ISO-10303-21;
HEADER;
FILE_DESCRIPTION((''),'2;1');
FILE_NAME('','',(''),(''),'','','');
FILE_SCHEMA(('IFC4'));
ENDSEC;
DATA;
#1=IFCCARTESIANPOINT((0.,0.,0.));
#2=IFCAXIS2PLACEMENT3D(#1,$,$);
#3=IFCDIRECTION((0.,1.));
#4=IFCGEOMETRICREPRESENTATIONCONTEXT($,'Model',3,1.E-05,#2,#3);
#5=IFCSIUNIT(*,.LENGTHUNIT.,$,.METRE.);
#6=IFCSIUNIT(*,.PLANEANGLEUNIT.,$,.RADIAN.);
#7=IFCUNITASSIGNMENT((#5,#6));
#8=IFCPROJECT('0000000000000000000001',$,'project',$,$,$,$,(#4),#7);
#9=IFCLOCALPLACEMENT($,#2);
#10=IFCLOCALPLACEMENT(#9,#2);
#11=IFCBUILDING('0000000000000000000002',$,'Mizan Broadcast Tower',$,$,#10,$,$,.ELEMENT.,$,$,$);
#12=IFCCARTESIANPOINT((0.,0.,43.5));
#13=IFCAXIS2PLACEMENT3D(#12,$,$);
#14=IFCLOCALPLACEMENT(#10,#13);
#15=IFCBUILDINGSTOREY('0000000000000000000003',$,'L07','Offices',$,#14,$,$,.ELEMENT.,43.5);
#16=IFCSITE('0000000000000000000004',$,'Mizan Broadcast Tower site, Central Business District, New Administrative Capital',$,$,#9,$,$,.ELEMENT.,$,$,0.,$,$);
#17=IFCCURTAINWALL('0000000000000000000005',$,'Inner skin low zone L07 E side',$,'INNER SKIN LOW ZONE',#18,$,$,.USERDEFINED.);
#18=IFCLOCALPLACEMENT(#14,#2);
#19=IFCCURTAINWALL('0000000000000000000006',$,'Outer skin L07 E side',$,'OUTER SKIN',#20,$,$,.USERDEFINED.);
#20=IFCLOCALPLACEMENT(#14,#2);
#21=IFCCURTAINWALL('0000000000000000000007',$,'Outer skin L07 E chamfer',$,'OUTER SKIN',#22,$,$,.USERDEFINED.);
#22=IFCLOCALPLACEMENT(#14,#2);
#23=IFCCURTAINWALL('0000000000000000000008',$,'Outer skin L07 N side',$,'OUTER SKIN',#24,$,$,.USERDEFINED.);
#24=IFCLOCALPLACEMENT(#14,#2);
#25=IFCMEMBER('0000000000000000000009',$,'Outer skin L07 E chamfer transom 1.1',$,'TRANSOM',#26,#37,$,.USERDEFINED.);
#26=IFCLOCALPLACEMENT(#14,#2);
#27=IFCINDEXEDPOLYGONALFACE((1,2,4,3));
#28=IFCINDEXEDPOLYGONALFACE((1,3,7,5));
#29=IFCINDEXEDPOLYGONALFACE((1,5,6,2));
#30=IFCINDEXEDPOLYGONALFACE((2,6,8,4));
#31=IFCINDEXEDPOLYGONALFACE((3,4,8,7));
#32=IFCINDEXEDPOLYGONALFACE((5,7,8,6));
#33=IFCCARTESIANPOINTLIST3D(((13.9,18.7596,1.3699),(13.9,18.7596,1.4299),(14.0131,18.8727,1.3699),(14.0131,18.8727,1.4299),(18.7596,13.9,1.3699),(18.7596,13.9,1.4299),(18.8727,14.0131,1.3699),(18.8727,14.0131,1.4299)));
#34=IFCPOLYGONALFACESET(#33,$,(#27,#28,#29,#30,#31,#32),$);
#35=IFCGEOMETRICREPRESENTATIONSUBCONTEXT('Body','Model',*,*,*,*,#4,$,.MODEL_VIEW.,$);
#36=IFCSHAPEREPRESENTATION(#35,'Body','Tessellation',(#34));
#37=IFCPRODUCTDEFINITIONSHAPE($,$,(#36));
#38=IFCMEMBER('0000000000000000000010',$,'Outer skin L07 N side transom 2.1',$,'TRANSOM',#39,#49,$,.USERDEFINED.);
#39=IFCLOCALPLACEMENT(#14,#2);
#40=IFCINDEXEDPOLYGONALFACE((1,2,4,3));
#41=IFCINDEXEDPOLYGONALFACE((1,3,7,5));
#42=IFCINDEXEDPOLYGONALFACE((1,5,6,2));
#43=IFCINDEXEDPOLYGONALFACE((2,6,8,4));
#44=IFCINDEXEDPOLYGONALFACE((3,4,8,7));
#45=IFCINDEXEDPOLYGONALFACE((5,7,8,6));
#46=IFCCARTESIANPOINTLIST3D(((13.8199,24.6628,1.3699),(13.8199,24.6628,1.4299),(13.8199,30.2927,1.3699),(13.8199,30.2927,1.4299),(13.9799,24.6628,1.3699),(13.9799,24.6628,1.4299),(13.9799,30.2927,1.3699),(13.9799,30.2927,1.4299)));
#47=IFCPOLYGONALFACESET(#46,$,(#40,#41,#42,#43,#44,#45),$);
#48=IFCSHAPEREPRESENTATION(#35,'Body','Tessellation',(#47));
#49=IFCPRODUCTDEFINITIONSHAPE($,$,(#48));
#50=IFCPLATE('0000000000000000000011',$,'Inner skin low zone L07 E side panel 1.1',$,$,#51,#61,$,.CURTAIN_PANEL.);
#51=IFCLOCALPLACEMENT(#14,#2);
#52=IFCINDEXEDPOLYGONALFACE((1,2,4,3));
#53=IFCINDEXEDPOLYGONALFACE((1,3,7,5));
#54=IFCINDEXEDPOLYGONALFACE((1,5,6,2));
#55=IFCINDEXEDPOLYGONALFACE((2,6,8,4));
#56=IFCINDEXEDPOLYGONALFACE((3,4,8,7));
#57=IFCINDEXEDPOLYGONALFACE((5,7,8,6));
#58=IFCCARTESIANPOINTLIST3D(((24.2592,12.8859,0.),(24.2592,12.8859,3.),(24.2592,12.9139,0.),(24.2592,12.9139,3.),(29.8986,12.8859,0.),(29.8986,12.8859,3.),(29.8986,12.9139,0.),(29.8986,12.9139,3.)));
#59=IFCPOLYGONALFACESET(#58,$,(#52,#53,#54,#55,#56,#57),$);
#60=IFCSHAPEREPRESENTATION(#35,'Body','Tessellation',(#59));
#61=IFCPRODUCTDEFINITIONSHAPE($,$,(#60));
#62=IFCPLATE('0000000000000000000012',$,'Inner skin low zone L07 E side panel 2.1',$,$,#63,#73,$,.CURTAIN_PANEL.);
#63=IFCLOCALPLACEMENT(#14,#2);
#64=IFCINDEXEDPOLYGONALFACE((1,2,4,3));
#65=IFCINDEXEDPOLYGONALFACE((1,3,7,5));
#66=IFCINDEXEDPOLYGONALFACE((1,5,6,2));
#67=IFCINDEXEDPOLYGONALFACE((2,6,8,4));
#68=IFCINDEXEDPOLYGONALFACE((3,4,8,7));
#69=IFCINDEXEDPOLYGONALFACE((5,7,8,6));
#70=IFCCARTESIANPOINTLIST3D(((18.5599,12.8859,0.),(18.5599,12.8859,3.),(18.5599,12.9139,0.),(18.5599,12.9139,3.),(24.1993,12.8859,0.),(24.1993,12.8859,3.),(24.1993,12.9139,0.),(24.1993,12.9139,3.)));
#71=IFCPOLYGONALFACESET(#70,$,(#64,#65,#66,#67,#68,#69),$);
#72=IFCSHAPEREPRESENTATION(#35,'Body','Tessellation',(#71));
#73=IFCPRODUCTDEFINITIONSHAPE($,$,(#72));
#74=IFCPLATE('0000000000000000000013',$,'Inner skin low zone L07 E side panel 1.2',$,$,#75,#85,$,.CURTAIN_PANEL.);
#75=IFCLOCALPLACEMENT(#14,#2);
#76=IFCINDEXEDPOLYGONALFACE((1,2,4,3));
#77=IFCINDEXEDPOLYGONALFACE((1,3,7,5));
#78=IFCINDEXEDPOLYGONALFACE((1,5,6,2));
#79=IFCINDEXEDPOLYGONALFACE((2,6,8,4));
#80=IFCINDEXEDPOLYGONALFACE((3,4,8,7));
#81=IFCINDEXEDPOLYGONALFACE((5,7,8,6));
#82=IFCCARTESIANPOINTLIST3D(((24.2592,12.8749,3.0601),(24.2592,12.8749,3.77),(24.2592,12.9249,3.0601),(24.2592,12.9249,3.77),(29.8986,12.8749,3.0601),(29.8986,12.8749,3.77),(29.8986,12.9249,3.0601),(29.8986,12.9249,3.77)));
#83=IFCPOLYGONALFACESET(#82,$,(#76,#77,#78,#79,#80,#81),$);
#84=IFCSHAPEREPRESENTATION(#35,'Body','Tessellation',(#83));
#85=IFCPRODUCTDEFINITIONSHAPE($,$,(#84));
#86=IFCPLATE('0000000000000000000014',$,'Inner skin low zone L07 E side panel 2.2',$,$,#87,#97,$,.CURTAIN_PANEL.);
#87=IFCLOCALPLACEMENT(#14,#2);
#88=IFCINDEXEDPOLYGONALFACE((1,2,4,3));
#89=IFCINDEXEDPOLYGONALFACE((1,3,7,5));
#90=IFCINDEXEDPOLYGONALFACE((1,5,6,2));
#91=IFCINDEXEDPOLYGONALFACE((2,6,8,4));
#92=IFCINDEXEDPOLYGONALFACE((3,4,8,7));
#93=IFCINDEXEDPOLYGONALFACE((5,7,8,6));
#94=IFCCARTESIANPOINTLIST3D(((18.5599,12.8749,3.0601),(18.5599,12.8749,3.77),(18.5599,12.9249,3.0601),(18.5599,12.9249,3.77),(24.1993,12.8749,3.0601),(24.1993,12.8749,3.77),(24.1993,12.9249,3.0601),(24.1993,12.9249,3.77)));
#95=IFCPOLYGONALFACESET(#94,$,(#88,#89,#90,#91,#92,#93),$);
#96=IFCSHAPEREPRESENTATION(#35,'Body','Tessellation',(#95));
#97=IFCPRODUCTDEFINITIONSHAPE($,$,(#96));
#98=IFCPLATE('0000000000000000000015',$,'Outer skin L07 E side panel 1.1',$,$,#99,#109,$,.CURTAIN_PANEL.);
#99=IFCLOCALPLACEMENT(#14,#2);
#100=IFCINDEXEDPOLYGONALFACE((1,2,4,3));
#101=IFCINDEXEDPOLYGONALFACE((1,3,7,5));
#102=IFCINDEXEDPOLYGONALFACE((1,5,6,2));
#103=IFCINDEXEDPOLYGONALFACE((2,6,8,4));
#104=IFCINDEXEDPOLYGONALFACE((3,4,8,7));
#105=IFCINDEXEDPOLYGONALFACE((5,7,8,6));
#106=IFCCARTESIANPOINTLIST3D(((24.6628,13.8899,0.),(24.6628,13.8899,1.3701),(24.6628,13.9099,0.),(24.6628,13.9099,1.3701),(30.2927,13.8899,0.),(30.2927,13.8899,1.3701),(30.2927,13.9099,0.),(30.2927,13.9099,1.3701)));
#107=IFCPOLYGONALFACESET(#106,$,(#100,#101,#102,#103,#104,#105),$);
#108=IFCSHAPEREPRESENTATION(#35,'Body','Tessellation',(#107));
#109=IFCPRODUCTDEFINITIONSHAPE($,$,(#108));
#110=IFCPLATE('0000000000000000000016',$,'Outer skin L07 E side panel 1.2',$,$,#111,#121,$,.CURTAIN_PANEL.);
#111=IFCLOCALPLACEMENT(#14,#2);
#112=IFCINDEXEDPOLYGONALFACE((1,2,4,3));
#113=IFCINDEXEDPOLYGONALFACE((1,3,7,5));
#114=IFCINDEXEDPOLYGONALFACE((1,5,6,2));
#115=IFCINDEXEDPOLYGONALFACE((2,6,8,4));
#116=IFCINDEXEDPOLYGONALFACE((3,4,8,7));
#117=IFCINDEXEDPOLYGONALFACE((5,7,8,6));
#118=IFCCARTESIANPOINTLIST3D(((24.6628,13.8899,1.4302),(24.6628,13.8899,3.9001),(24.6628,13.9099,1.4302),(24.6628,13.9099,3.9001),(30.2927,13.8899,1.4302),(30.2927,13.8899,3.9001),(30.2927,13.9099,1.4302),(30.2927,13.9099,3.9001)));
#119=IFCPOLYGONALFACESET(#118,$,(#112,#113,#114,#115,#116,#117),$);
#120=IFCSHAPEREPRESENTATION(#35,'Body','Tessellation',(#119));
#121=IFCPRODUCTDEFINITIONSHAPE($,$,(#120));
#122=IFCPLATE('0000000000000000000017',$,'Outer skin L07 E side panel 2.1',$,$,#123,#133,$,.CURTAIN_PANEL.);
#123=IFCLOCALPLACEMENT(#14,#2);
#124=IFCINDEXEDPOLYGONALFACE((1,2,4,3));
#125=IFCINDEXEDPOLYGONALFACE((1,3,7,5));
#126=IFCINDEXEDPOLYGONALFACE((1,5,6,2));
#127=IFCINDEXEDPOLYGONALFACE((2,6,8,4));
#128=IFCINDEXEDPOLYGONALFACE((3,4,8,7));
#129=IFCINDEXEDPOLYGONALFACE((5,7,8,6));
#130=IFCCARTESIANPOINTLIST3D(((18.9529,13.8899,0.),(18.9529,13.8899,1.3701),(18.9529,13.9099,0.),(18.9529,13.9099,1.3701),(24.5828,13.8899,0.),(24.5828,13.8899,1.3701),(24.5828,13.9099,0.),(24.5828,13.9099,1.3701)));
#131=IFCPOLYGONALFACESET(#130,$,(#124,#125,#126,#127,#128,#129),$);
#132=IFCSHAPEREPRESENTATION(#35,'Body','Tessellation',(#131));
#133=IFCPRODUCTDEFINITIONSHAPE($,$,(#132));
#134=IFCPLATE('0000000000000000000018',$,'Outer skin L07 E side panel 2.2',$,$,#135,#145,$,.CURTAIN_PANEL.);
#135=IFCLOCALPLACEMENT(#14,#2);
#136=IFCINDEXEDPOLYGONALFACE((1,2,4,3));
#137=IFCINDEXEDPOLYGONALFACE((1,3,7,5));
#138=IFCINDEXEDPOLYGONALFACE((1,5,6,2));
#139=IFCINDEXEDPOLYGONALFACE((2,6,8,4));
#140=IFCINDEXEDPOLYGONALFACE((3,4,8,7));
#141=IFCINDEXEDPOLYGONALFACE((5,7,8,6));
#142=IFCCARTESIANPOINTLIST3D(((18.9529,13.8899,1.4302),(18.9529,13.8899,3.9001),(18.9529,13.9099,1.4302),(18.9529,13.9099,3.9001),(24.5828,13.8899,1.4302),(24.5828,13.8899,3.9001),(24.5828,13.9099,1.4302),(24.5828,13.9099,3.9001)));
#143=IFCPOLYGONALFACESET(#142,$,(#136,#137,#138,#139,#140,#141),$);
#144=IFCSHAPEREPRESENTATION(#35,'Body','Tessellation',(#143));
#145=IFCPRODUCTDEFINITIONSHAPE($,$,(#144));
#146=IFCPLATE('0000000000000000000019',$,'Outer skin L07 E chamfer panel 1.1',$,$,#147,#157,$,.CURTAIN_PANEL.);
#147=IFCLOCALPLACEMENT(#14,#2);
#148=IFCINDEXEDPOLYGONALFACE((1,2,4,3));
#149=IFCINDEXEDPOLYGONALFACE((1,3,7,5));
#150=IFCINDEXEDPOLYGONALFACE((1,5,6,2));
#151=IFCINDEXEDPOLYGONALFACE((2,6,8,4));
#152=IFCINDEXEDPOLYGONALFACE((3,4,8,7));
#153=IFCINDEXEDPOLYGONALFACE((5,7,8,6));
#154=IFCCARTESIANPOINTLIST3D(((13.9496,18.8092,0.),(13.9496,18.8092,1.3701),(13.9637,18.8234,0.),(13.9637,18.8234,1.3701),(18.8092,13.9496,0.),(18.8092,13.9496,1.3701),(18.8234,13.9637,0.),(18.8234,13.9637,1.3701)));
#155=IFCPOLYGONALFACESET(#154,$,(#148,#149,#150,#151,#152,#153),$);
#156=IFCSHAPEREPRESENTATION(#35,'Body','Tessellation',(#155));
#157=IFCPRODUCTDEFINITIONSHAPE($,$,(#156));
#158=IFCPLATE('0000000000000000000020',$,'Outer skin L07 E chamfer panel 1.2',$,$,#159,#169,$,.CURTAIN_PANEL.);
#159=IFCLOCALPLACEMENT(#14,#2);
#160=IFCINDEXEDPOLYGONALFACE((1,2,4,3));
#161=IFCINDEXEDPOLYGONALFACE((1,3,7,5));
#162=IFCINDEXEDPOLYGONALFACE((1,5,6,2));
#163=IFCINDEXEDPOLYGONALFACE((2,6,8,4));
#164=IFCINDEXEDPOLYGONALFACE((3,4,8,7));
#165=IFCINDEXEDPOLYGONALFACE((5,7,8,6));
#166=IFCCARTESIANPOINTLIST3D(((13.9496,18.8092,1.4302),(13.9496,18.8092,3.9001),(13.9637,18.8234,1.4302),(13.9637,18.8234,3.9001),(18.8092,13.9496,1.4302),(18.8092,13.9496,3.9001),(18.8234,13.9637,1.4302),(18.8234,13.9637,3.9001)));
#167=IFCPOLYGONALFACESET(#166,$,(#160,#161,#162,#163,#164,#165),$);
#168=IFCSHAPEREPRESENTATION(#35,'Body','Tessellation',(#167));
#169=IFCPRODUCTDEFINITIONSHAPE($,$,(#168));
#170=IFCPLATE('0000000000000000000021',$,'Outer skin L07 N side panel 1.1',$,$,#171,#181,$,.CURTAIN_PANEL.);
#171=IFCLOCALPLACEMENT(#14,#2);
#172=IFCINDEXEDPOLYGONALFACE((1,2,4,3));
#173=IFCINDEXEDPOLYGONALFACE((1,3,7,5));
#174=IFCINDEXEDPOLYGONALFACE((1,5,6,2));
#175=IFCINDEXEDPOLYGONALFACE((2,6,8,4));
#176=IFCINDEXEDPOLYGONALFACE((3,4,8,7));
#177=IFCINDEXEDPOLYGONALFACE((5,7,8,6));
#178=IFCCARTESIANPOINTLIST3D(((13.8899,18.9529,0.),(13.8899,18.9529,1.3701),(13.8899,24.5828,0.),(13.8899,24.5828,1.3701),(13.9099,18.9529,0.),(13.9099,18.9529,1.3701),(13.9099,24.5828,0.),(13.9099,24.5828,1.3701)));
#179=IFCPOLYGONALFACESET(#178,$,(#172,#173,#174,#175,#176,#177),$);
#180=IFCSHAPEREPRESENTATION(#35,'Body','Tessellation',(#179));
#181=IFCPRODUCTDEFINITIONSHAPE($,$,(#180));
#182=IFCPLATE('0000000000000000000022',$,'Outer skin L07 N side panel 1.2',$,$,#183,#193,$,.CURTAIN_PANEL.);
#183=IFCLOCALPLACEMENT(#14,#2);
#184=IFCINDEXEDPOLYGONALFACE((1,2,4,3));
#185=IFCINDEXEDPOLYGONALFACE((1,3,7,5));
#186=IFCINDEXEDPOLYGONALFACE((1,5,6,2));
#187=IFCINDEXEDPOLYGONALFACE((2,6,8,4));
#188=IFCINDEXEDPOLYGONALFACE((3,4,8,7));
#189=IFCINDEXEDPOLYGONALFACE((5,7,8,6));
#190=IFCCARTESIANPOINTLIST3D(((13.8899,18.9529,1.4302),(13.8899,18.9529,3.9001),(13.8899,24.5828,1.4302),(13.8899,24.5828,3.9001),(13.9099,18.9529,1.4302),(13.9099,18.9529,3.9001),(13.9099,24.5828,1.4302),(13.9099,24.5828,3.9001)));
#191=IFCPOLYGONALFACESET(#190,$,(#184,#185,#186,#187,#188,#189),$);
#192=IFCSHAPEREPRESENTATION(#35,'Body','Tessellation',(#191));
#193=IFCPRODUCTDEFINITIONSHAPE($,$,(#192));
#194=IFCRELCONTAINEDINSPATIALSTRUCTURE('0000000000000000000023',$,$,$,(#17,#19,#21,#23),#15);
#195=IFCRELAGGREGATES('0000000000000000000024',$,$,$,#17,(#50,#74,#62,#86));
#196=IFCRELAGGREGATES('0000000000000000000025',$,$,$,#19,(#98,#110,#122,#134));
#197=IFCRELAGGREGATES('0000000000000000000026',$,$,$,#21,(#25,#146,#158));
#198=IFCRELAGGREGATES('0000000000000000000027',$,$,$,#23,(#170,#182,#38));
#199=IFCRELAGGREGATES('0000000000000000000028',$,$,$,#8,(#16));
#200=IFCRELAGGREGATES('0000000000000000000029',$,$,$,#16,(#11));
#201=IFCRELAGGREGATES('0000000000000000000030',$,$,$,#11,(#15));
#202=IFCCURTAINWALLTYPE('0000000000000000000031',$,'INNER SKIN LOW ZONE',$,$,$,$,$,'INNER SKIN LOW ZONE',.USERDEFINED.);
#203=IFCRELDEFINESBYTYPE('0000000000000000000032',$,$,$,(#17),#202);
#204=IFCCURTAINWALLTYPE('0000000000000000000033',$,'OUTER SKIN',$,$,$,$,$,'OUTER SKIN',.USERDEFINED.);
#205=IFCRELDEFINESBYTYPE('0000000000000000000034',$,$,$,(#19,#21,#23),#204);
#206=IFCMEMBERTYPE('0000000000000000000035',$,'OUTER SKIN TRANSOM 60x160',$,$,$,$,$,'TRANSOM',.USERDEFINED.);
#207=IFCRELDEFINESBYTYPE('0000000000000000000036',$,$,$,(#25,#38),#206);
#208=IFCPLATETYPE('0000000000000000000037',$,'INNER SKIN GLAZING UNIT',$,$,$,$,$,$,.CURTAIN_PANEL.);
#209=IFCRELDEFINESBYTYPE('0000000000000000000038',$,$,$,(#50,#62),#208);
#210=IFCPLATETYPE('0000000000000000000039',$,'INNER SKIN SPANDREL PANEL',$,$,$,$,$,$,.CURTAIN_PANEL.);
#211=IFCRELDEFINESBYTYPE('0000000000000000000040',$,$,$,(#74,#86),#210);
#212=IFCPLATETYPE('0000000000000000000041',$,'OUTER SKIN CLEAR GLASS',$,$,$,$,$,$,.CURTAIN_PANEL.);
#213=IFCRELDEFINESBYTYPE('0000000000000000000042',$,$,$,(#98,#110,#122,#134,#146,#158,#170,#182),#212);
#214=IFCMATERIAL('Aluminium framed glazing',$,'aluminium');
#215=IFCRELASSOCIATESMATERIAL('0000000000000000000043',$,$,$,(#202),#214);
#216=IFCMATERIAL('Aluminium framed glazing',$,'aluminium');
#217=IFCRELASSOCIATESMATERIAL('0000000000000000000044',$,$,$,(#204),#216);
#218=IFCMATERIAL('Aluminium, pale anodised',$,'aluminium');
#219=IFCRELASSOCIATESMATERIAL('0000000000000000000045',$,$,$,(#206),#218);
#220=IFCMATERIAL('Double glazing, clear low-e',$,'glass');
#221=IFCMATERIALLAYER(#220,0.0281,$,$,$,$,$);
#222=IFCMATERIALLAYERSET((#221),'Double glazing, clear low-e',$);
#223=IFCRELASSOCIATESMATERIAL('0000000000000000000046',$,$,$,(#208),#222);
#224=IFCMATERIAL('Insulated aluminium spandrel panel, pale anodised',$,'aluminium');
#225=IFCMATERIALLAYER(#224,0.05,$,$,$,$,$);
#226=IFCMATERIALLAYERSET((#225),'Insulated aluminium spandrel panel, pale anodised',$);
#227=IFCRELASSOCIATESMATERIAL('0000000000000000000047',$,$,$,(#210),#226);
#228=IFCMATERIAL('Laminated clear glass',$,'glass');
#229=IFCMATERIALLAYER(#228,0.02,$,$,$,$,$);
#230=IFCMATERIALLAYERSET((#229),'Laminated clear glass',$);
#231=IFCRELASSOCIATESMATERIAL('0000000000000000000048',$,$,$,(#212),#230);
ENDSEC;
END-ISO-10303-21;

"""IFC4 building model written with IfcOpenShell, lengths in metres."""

from ifc_helpers import new_model, si_unit, direction, frame, origin, origin_2d, place, context, subcontext, project, spatial, rectangle, extrude, material, layer, layer_set, material_profile, profile_set, type_object, element, aggregate, save


model = new_model("IFC4")

# Units and contexts
model_context = context("Model", 3, precision=1e-05, world=origin(), true_north=direction((0.0, 1.0)))
body_context = subcontext(model_context, "Body", "Model", "MODEL_VIEW")
ifc_project = project(units=[si_unit("LENGTHUNIT", "METRE"), si_unit("PLANEANGLEUNIT", "RADIAN")], contexts=[model_context])

# Site, building, storey
site_placement = place(None, origin())
site = spatial("IfcSite", under=ifc_project, at=site_placement, Name="Mizan Broadcast Tower site, Central Business District, New Administrative Capital", CompositionType="ELEMENT", RefElevation=0.0)
building_placement = place(site_placement, origin())
building = spatial("IfcBuilding", under=site, at=building_placement, Name="Mizan Broadcast Tower", CompositionType="ELEMENT")
storey_placement = place(building_placement, frame((0.0, 0.0, 43.5)))
storey = spatial("IfcBuildingStorey", under=building, at=storey_placement, Name="L07", Description="Offices", CompositionType="ELEMENT", Elevation=43.5)

# Shared definitions
ifc_material_1 = material(Name="Aluminium framed glazing", Category="aluminium")
curtain_wall_type_1 = type_object("IfcCurtainWallType", Name="INNER SKIN LOW ZONE", ElementType="INNER SKIN LOW ZONE", PredefinedType="USERDEFINED", material=ifc_material_1)

# Curtain wall
curtain_wall_1_placement = place(storey_placement, origin())
curtain_wall_1 = element("IfcCurtainWall", 1, at=curtain_wall_1_placement, inside=storey, type_object=curtain_wall_type_1, Name="Inner skin low zone L07 E side", ObjectType="INNER SKIN LOW ZONE", PredefinedType="USERDEFINED")

# Shared definitions
ifc_material_2 = material(Name="Aluminium framed glazing", Category="aluminium")
curtain_wall_type_2 = type_object("IfcCurtainWallType", Name="OUTER SKIN", ElementType="OUTER SKIN", PredefinedType="USERDEFINED", material=ifc_material_2)

# Curtain wall
curtain_wall_2_placement = place(storey_placement, origin())
curtain_wall_2 = element("IfcCurtainWall", 2, at=curtain_wall_2_placement, inside=storey, type_object=curtain_wall_type_2, Name="Outer skin L07 E side", ObjectType="OUTER SKIN", PredefinedType="USERDEFINED")

# Curtain wall
curtain_wall_3_placement = place(storey_placement, origin())
curtain_wall_3 = element("IfcCurtainWall", 3, at=curtain_wall_3_placement, inside=storey, type_object=curtain_wall_type_2, Name="Outer skin L07 E chamfer", ObjectType="OUTER SKIN", PredefinedType="USERDEFINED")

# Curtain wall
curtain_wall_4_placement = place(storey_placement, origin())
curtain_wall_4 = element("IfcCurtainWall", 4, at=curtain_wall_4_placement, inside=storey, type_object=curtain_wall_type_2, Name="Outer skin L07 N side", ObjectType="OUTER SKIN", PredefinedType="USERDEFINED")

# Members
ifc_material_3 = material(Name="Aluminium, pale anodised", Category="aluminium")
ifc_material_profile_1 = material_profile(ifc_material_3, rectangle(XDim=0.1599, YDim=0.0601, at=origin_2d()), Name="TRANSOM 160x60")
ifc_profile_set_1 = profile_set([ifc_material_profile_1], Name="Aluminium, pale anodised")
member_type_1 = type_object("IfcMemberType", Name="OUTER SKIN TRANSOM 60x160", ElementType="TRANSOM", PredefinedType="USERDEFINED", material=ifc_profile_set_1)
member_1_placement = place(storey_placement, frame((18.8162, 13.9565, 1.3999), z_axis=(-0.707107, 0.707107, 0.0), x_axis=(-0.707107, -0.707107, 0.0)))
member_1 = element("IfcMember", 5, at=member_1_placement, type_object=member_type_1, Name="Outer skin L07 E chamfer transom 1.1", ObjectType="TRANSOM", PredefinedType="USERDEFINED", context=body_context, shape_type="SweptSolid", body=[
    extrude(rectangle(XDim=0.1599, YDim=0.0601, at=origin_2d()), origin(), (0.0, 0.0, 1.0), 6.8726),
])
member_2_placement = place(storey_placement, frame((13.8999, 24.6628, 1.3999), z_axis=(0.0, 1.0, 0.0), x_axis=(-1.0, 0.0, 0.0)))
member_2 = element("IfcMember", 6, at=member_2_placement, type_object=member_type_1, Name="Outer skin L07 N side transom 2.1", ObjectType="TRANSOM", PredefinedType="USERDEFINED", context=body_context, shape_type="SweptSolid", body=[
    extrude(rectangle(XDim=0.1599, YDim=0.0601, at=origin_2d()), origin(), (0.0, 0.0, 1.0), 5.6299),
])

# Plates
ifc_material_4 = material(Name="Double glazing, clear low-e", Category="glass")
ifc_layer_1 = layer(ifc_material_4, 0.0281)
ifc_layer_set_1 = layer_set([ifc_layer_1], Name="Double glazing, clear low-e")
plate_type_1 = type_object("IfcPlateType", Name="INNER SKIN GLAZING UNIT", PredefinedType="CURTAIN_PANEL", material=ifc_layer_set_1)
plate_1_placement = place(storey_placement, frame((27.0789, 12.8999, 0.0), z_axis=(0.0, 0.0, 1.0), x_axis=(-1.0, 0.0, 0.0)))
plate_1 = element("IfcPlate", 7, at=plate_1_placement, type_object=plate_type_1, Name="Inner skin low zone L07 E side panel 1.1", PredefinedType="CURTAIN_PANEL", context=body_context, shape_type="SweptSolid", body=[
    extrude(rectangle(XDim=5.6394, YDim=0.0281, at=origin_2d()), origin(), (0.0, 0.0, 1.0), 3.0),
])
plate_2_placement = place(storey_placement, frame((21.3796, 12.8999, 0.0), z_axis=(0.0, 0.0, 1.0), x_axis=(-1.0, 0.0, 0.0)))
plate_2 = element("IfcPlate", 8, at=plate_2_placement, type_object=plate_type_1, Name="Inner skin low zone L07 E side panel 2.1", PredefinedType="CURTAIN_PANEL", context=body_context, shape_type="SweptSolid", body=[
    extrude(rectangle(XDim=5.6394, YDim=0.0281, at=origin_2d()), origin(), (0.0, 0.0, 1.0), 3.0),
])
ifc_material_5 = material(Name="Insulated aluminium spandrel panel, pale anodised", Category="aluminium")
ifc_layer_2 = layer(ifc_material_5, 0.05)
ifc_layer_set_2 = layer_set([ifc_layer_2], Name="Insulated aluminium spandrel panel, pale anodised")
plate_type_2 = type_object("IfcPlateType", Name="INNER SKIN SPANDREL PANEL", PredefinedType="CURTAIN_PANEL", material=ifc_layer_set_2)
plate_3_placement = place(storey_placement, frame((27.0789, 12.8999, 3.0601), z_axis=(0.0, 0.0, 1.0), x_axis=(-1.0, 0.0, 0.0)))
plate_3 = element("IfcPlate", 9, at=plate_3_placement, type_object=plate_type_2, Name="Inner skin low zone L07 E side panel 1.2", PredefinedType="CURTAIN_PANEL", context=body_context, shape_type="SweptSolid", body=[
    extrude(rectangle(XDim=5.6394, YDim=0.05, at=origin_2d()), origin(), (0.0, 0.0, 1.0), 0.71),
])
plate_4_placement = place(storey_placement, frame((21.3796, 12.8999, 3.0601), z_axis=(0.0, 0.0, 1.0), x_axis=(-1.0, 0.0, 0.0)))
plate_4 = element("IfcPlate", 10, at=plate_4_placement, type_object=plate_type_2, Name="Inner skin low zone L07 E side panel 2.2", PredefinedType="CURTAIN_PANEL", context=body_context, shape_type="SweptSolid", body=[
    extrude(rectangle(XDim=5.6394, YDim=0.05, at=origin_2d()), origin(), (0.0, 0.0, 1.0), 0.71),
])
aggregate(curtain_wall_1, [plate_1, plate_3, plate_2, plate_4])
ifc_material_6 = material(Name="Laminated clear glass", Category="glass")
ifc_layer_3 = layer(ifc_material_6, 0.02)
ifc_layer_set_3 = layer_set([ifc_layer_3], Name="Laminated clear glass")
plate_type_3 = type_object("IfcPlateType", Name="OUTER SKIN CLEAR GLASS", PredefinedType="CURTAIN_PANEL", material=ifc_layer_set_3)
plate_5_placement = place(storey_placement, frame((27.4778, 13.8999, 0.0), z_axis=(0.0, 0.0, 1.0), x_axis=(-1.0, 0.0, 0.0)))
plate_5 = element("IfcPlate", 11, at=plate_5_placement, type_object=plate_type_3, Name="Outer skin L07 E side panel 1.1", PredefinedType="CURTAIN_PANEL", context=body_context, shape_type="SweptSolid", body=[
    extrude(rectangle(XDim=5.6299, YDim=0.02, at=origin_2d()), origin(), (0.0, 0.0, 1.0), 1.3701),
])
plate_6_placement = place(storey_placement, frame((27.4778, 13.8999, 1.4302), z_axis=(0.0, 0.0, 1.0), x_axis=(-1.0, 0.0, 0.0)))
plate_6 = element("IfcPlate", 12, at=plate_6_placement, type_object=plate_type_3, Name="Outer skin L07 E side panel 1.2", PredefinedType="CURTAIN_PANEL", context=body_context, shape_type="SweptSolid", body=[
    extrude(rectangle(XDim=5.6299, YDim=0.02, at=origin_2d()), origin(), (0.0, 0.0, 1.0), 2.47),
])
plate_7_placement = place(storey_placement, frame((21.7678, 13.8999, 0.0), z_axis=(0.0, 0.0, 1.0), x_axis=(-1.0, 0.0, 0.0)))
plate_7 = element("IfcPlate", 13, at=plate_7_placement, type_object=plate_type_3, Name="Outer skin L07 E side panel 2.1", PredefinedType="CURTAIN_PANEL", context=body_context, shape_type="SweptSolid", body=[
    extrude(rectangle(XDim=5.6299, YDim=0.02, at=origin_2d()), origin(), (0.0, 0.0, 1.0), 1.3701),
])
plate_8_placement = place(storey_placement, frame((21.7678, 13.8999, 1.4302), z_axis=(0.0, 0.0, 1.0), x_axis=(-1.0, 0.0, 0.0)))
plate_8 = element("IfcPlate", 14, at=plate_8_placement, type_object=plate_type_3, Name="Outer skin L07 E side panel 2.2", PredefinedType="CURTAIN_PANEL", context=body_context, shape_type="SweptSolid", body=[
    extrude(rectangle(XDim=5.6299, YDim=0.02, at=origin_2d()), origin(), (0.0, 0.0, 1.0), 2.47),
])
aggregate(curtain_wall_2, [plate_5, plate_6, plate_7, plate_8])
plate_9_placement = place(storey_placement, frame((16.3865, 16.3865, 0.0), z_axis=(0.0, 0.0, 1.0), x_axis=(-0.707107, 0.707107, 0.0)))
plate_9 = element("IfcPlate", 15, at=plate_9_placement, type_object=plate_type_3, Name="Outer skin L07 E chamfer panel 1.1", PredefinedType="CURTAIN_PANEL", context=body_context, shape_type="SweptSolid", body=[
    extrude(rectangle(XDim=6.8726, YDim=0.02, at=origin_2d()), origin(), (0.0, 0.0, 1.0), 1.3701),
])
plate_10_placement = place(storey_placement, frame((16.3865, 16.3865, 1.4302), z_axis=(0.0, 0.0, 1.0), x_axis=(-0.707107, 0.707107, 0.0)))
plate_10 = element("IfcPlate", 16, at=plate_10_placement, type_object=plate_type_3, Name="Outer skin L07 E chamfer panel 1.2", PredefinedType="CURTAIN_PANEL", context=body_context, shape_type="SweptSolid", body=[
    extrude(rectangle(XDim=6.8726, YDim=0.02, at=origin_2d()), origin(), (0.0, 0.0, 1.0), 2.47),
])
aggregate(curtain_wall_3, [member_1, plate_9, plate_10])
plate_11_placement = place(storey_placement, frame((13.8999, 21.7678, 0.0), z_axis=(0.0, 0.0, 1.0), x_axis=(0.0, 1.0, 0.0)))
plate_11 = element("IfcPlate", 17, at=plate_11_placement, type_object=plate_type_3, Name="Outer skin L07 N side panel 1.1", PredefinedType="CURTAIN_PANEL", context=body_context, shape_type="SweptSolid", body=[
    extrude(rectangle(XDim=5.6299, YDim=0.02, at=origin_2d()), origin(), (0.0, 0.0, 1.0), 1.3701),
])
plate_12_placement = place(storey_placement, frame((13.8999, 21.7678, 1.4302), z_axis=(0.0, 0.0, 1.0), x_axis=(0.0, 1.0, 0.0)))
plate_12 = element("IfcPlate", 18, at=plate_12_placement, type_object=plate_type_3, Name="Outer skin L07 N side panel 1.2", PredefinedType="CURTAIN_PANEL", context=body_context, shape_type="SweptSolid", body=[
    extrude(rectangle(XDim=5.6299, YDim=0.02, at=origin_2d()), origin(), (0.0, 0.0, 1.0), 2.47),
])
aggregate(curtain_wall_4, [plate_11, plate_12, member_2])

save(model, "model.ifc")
